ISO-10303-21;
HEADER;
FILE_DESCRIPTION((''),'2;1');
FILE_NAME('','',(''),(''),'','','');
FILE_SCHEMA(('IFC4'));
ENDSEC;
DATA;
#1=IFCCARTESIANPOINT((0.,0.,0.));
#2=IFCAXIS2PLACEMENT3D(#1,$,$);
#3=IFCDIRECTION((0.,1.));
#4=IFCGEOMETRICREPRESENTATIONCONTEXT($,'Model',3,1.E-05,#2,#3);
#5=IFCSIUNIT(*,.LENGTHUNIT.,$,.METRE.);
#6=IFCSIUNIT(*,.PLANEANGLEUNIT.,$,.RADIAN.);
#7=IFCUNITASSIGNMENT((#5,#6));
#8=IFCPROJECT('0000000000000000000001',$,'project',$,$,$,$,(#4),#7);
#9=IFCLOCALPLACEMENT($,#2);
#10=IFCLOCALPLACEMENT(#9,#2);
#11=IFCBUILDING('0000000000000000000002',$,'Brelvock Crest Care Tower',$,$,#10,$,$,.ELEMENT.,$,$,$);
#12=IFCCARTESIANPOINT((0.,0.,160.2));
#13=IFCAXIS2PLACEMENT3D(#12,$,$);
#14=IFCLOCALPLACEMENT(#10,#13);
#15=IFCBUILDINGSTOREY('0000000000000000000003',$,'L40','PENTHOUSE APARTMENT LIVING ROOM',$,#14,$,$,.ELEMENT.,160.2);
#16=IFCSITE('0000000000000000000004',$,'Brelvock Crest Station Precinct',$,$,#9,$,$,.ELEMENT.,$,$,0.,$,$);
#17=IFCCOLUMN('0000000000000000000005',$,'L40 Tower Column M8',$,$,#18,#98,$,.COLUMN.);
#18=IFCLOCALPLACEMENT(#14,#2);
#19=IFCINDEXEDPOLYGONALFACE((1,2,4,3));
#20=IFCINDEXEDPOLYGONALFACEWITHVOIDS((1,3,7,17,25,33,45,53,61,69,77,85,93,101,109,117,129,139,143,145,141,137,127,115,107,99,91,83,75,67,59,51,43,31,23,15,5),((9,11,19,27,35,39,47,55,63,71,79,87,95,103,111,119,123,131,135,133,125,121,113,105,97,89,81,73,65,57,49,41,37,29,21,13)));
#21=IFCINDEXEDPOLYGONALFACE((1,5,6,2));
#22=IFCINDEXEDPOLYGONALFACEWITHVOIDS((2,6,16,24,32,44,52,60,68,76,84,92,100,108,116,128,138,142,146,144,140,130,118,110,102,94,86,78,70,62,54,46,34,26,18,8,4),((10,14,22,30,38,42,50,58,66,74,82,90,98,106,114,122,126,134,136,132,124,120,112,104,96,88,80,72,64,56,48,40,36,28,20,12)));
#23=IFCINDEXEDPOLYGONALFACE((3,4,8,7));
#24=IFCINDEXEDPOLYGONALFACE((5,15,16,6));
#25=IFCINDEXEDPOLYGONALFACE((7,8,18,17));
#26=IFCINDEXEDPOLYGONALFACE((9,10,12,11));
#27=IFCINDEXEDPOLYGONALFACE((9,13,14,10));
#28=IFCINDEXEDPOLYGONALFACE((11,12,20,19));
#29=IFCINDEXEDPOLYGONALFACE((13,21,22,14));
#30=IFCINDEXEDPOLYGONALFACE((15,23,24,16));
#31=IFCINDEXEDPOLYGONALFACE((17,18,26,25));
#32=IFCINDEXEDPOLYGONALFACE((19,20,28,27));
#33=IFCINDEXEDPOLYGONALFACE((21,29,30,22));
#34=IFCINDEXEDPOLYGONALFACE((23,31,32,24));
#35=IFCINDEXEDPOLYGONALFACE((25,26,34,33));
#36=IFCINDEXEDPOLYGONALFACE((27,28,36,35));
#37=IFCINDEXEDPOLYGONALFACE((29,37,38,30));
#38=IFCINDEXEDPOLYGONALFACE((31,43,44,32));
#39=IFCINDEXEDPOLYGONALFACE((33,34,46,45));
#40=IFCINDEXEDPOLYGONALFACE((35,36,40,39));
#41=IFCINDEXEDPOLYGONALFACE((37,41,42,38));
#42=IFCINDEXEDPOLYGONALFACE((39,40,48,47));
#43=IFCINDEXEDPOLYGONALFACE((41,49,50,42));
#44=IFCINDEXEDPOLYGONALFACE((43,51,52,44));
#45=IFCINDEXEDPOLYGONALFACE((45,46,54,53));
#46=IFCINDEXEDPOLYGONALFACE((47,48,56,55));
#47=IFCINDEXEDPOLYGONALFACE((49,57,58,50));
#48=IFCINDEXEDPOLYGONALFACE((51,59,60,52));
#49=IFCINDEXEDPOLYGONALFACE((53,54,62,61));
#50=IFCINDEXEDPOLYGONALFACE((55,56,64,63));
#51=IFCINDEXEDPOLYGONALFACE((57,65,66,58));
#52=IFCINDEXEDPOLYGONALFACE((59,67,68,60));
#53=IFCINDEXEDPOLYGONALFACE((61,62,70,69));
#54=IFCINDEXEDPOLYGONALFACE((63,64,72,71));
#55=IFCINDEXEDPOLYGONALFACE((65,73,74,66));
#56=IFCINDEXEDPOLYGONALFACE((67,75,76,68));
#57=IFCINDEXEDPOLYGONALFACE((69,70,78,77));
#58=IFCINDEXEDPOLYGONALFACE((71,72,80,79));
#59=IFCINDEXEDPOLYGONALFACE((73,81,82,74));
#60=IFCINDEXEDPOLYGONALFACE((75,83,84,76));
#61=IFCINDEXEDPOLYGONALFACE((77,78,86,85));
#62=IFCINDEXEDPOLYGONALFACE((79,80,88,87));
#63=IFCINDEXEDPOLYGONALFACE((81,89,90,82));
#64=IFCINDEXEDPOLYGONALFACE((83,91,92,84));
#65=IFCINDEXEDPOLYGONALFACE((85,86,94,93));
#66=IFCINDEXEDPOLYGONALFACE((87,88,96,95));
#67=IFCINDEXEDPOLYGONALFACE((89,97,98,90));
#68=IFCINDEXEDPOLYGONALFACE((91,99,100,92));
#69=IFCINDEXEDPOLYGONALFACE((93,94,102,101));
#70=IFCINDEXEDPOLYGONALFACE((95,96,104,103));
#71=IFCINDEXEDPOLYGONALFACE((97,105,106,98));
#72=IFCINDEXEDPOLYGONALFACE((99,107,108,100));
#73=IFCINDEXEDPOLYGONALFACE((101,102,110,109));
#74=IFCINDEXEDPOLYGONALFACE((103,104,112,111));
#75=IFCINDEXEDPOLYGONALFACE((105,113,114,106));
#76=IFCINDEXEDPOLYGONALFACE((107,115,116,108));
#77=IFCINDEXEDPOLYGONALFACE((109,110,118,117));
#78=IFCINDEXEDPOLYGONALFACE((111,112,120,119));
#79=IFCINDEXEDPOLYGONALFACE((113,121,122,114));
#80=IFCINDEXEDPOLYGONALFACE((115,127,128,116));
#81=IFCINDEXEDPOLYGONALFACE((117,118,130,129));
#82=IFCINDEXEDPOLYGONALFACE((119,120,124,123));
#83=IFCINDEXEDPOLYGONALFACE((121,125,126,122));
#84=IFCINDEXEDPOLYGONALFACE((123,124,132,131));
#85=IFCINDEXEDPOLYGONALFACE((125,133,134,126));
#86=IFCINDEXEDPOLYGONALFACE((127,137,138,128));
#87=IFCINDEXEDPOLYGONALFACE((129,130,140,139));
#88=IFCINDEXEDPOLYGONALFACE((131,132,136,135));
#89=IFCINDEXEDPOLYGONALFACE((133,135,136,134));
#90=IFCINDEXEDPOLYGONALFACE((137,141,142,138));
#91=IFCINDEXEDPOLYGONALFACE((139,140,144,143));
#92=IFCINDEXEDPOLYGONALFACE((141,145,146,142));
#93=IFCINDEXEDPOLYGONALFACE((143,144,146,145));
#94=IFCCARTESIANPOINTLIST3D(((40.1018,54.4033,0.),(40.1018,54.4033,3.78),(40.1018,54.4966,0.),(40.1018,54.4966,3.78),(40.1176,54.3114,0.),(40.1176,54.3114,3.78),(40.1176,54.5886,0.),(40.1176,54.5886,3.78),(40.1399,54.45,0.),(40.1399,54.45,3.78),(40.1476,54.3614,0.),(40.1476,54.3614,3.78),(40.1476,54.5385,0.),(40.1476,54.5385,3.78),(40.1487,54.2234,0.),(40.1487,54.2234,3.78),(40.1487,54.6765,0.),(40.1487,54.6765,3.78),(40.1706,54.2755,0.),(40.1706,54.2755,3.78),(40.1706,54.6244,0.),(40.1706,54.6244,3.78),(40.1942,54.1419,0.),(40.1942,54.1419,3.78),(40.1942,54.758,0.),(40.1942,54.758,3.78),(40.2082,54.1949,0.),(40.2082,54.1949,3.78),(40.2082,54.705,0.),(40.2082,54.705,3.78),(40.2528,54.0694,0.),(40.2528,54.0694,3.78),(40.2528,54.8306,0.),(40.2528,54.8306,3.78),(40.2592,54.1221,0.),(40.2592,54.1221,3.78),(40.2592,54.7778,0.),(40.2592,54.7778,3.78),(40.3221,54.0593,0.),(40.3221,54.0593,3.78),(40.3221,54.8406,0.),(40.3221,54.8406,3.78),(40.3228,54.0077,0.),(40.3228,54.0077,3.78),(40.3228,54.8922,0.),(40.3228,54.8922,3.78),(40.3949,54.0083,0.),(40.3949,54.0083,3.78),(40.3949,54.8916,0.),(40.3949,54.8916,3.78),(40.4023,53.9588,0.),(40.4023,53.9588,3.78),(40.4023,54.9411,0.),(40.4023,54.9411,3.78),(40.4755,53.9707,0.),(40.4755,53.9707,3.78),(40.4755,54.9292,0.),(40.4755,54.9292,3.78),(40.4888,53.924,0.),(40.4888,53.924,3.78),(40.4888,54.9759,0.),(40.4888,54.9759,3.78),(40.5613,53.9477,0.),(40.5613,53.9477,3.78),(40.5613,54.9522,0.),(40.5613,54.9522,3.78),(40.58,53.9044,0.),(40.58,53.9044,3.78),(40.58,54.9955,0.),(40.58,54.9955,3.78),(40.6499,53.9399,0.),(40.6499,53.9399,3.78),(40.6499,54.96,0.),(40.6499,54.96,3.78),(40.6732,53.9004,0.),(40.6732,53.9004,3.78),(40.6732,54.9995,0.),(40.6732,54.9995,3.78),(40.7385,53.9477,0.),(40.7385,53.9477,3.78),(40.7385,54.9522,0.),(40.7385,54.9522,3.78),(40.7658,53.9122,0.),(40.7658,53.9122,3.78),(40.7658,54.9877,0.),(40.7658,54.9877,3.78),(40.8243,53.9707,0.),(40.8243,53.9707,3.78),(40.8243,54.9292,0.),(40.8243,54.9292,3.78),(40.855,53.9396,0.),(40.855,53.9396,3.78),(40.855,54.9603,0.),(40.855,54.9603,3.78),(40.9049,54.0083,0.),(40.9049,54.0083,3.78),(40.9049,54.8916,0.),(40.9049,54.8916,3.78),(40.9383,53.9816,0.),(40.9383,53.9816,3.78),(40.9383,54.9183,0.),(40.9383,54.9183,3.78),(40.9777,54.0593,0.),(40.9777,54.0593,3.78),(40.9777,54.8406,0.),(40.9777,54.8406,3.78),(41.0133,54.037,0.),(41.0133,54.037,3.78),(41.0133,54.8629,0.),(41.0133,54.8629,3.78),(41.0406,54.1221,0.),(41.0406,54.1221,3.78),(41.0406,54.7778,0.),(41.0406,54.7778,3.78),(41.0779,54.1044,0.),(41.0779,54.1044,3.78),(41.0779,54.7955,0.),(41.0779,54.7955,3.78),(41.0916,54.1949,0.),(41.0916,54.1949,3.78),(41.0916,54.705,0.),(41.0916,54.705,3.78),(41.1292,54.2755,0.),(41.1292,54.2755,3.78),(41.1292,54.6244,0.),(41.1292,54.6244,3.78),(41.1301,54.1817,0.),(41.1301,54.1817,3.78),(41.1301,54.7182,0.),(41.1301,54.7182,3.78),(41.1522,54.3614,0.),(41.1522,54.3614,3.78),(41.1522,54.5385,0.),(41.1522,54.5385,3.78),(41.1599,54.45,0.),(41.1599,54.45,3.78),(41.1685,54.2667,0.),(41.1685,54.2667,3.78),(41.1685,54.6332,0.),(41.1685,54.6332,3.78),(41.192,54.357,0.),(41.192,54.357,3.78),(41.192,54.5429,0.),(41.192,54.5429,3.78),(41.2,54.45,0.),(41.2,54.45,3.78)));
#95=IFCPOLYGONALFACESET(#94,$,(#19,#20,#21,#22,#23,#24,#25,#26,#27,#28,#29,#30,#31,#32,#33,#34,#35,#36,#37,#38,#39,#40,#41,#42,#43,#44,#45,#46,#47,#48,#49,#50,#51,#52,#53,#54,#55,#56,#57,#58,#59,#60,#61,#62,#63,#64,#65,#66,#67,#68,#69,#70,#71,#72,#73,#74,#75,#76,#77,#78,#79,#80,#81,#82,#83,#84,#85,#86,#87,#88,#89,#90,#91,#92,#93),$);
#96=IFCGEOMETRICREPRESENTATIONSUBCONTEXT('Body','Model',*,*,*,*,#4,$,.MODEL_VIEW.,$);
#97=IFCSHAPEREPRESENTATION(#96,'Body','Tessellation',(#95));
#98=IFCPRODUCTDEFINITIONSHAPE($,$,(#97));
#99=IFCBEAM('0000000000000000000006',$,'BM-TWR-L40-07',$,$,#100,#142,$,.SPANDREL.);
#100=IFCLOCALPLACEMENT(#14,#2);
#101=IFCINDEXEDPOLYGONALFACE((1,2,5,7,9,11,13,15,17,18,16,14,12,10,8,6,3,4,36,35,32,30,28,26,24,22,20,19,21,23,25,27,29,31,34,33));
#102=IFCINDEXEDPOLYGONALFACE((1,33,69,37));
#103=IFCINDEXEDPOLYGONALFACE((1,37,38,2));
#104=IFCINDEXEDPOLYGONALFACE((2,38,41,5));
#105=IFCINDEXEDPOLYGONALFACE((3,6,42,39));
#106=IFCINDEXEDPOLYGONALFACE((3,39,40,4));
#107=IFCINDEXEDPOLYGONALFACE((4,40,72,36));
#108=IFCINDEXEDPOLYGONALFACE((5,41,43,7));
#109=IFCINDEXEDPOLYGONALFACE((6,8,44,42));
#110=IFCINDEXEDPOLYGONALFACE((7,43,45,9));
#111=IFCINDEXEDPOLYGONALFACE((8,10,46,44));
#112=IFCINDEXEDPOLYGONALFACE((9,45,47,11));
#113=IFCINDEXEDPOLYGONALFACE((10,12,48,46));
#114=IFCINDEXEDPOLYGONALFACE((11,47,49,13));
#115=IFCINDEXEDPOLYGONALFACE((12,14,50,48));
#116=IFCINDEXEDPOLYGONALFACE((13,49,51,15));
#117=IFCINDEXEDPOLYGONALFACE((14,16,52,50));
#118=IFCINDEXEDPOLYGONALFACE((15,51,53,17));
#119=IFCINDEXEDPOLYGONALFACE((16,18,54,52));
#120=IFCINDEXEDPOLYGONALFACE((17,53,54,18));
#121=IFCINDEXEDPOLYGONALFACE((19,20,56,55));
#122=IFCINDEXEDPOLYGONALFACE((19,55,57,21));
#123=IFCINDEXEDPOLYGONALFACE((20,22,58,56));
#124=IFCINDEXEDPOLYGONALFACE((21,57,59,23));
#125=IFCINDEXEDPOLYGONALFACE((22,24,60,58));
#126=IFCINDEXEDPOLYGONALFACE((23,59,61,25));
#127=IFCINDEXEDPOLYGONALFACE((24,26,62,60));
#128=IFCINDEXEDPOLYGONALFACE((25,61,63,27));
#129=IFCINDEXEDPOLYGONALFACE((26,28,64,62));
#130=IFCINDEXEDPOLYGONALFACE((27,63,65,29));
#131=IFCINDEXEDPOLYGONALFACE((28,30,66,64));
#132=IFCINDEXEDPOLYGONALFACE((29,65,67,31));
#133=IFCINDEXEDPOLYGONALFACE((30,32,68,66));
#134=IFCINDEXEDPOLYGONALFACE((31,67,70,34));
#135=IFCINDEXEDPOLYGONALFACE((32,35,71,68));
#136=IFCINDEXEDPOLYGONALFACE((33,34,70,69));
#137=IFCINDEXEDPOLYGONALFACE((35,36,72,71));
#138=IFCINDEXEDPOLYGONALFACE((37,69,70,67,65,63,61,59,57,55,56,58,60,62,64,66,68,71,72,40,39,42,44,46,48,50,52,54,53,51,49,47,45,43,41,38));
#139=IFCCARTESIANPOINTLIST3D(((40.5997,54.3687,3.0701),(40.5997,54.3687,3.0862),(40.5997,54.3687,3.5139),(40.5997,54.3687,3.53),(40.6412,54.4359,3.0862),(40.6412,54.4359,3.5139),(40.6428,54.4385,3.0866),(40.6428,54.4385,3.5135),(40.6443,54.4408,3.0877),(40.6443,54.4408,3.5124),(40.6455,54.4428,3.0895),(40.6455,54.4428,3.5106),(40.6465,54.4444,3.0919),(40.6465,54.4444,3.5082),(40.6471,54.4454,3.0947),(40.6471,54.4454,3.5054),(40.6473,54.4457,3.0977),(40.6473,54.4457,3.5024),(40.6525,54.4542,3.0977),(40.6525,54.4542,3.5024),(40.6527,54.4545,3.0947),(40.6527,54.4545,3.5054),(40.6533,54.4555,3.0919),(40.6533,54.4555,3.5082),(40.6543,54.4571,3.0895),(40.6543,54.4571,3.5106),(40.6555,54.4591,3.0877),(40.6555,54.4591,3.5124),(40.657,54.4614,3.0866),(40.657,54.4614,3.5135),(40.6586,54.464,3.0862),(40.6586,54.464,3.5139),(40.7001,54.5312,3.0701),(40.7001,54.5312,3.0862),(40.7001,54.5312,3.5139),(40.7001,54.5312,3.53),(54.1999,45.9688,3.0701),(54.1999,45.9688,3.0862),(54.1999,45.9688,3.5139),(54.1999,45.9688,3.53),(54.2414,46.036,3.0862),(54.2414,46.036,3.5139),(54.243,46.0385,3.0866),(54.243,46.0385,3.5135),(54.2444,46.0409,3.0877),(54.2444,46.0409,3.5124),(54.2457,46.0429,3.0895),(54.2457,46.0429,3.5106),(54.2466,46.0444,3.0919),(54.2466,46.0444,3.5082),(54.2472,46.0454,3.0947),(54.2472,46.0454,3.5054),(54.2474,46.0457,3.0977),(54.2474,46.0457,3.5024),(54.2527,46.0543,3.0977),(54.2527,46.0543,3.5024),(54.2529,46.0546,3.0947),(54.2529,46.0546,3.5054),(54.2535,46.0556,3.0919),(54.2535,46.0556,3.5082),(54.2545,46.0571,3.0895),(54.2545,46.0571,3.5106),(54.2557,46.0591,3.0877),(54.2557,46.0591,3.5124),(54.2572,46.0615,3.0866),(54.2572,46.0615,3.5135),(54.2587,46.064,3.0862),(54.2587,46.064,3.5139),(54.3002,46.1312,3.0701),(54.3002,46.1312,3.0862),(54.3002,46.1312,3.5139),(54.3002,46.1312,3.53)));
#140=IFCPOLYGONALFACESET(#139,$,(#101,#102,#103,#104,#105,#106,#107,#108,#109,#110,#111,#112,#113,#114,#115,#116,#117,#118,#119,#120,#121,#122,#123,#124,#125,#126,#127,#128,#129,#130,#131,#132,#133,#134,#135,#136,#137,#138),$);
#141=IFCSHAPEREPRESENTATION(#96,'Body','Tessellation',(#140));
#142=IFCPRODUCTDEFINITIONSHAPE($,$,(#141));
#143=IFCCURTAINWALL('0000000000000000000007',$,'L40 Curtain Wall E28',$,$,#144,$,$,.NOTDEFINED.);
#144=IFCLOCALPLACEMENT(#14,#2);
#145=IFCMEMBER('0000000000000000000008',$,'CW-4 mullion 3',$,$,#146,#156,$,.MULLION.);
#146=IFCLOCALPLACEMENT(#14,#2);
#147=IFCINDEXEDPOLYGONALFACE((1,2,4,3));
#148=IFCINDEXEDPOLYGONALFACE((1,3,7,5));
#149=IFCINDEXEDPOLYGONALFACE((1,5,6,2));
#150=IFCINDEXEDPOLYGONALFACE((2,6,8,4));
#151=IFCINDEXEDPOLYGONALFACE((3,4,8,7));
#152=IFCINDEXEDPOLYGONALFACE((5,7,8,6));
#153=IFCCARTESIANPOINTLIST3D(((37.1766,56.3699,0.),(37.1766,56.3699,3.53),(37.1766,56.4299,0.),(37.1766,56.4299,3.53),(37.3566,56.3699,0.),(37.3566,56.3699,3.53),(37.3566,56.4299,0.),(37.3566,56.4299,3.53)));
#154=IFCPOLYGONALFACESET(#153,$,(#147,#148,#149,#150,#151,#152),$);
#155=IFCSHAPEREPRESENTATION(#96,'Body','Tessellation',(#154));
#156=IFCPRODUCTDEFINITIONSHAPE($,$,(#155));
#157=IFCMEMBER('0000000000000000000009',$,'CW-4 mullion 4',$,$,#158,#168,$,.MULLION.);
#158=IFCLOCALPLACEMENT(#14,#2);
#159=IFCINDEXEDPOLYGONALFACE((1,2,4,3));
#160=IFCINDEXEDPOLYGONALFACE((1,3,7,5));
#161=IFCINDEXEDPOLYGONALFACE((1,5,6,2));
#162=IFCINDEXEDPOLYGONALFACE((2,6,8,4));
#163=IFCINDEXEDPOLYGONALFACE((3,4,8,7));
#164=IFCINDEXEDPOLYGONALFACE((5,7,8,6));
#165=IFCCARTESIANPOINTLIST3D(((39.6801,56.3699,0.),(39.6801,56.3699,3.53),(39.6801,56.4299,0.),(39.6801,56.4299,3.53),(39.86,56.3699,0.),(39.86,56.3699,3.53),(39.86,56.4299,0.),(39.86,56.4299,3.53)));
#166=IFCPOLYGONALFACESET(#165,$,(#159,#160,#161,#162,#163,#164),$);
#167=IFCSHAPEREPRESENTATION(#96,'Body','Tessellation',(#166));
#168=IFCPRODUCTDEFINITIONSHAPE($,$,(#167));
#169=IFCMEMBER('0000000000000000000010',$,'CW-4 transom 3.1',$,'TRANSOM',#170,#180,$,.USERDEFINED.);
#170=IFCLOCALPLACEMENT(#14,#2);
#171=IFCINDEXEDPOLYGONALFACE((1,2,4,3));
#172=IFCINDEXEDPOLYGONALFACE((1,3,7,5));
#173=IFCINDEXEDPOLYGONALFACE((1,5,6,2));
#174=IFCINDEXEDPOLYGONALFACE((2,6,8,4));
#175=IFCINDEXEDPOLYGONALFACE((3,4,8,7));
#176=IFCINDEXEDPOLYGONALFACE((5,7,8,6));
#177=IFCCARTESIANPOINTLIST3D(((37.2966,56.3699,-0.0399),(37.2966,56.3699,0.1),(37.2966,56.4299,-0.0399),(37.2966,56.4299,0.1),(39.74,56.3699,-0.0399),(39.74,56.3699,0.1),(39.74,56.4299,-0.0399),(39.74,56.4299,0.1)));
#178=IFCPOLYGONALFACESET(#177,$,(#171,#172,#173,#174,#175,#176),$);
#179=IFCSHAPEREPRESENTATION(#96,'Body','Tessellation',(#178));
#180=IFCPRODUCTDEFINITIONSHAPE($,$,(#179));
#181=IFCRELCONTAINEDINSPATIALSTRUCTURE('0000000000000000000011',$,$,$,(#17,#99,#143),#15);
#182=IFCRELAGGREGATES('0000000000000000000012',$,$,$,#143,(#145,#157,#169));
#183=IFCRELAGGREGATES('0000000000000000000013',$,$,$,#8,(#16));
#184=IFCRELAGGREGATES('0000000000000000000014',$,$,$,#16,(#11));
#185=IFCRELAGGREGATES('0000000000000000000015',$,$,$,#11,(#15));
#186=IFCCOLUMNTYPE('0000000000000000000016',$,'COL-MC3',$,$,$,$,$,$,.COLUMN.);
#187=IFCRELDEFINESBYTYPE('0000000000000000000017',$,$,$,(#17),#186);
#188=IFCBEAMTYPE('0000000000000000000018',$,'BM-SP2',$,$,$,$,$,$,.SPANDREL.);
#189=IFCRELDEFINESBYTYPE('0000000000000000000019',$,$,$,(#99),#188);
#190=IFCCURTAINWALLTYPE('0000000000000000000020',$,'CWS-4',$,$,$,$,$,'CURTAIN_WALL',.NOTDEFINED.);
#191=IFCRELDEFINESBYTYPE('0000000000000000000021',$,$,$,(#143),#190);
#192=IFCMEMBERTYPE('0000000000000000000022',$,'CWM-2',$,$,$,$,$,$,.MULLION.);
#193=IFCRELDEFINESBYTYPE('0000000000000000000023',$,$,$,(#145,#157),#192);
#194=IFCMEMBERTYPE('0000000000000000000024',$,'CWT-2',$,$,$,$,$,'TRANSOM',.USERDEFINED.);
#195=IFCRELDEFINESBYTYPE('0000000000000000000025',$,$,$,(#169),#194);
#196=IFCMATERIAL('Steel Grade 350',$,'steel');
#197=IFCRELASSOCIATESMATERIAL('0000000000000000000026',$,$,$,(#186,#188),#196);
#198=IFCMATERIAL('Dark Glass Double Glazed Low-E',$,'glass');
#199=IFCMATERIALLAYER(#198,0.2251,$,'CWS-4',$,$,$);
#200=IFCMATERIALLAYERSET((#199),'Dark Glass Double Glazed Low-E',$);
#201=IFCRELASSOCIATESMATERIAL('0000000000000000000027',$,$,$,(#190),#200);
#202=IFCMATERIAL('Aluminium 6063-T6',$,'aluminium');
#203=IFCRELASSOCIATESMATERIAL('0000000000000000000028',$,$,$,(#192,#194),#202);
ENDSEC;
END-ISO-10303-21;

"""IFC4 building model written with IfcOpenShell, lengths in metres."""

from ifc_helpers import new_model, si_unit, direction, frame, origin, origin_2d, place, context, subcontext, project, spatial, rectangle, hollow_circle, i_section, extrude, source, transform, mapped, material, layer, layer_set, material_profile, profile_set, type_object, element, aggregate, save


model = new_model("IFC4")

# Units and contexts
model_context = context("Model", 3, precision=1e-05, world=origin(), true_north=direction((0.0, 1.0)))
body_context = subcontext(model_context, "Body", "Model", "MODEL_VIEW")
ifc_project = project(units=[si_unit("LENGTHUNIT", "METRE"), si_unit("PLANEANGLEUNIT", "RADIAN")], contexts=[model_context])

# Site, building, storey
site_placement = place(None, origin())
site = spatial("IfcSite", under=ifc_project, at=site_placement, Name="Brelvock Crest Station Precinct", CompositionType="ELEMENT", RefElevation=0.0)
building_placement = place(site_placement, origin())
building = spatial("IfcBuilding", under=site, at=building_placement, Name="Brelvock Crest Care Tower", CompositionType="ELEMENT")
storey_placement = place(building_placement, frame((0.0, 0.0, 160.2)))
storey = spatial("IfcBuildingStorey", under=building, at=storey_placement, Name="L40", Description="PENTHOUSE APARTMENT LIVING ROOM", CompositionType="ELEMENT", Elevation=160.2)

# Column
ifc_material_1 = material(Name="Steel Grade 350", Category="steel")
ifc_material_profile_1 = material_profile(ifc_material_1, hollow_circle(Radius=0.55, WallThickness=0.04, at=origin_2d()), Name="CFT1100x40")
ifc_profile_set_1 = profile_set([ifc_material_profile_1], Name="Steel Grade 350")
column_type = type_object("IfcColumnType", Name="COL-MC3", PredefinedType="COLUMN", material=ifc_profile_set_1)
shared_shape_1 = source(origin(), body_context, "Body", "SweptSolid", [
    extrude(hollow_circle(Radius=0.55, WallThickness=0.04, at=origin_2d()), origin(), (0.0, 0.0, 1.0), 3.78),
])
column_placement = place(storey_placement, frame((40.6499, 54.45, 0.0), z_axis=(0.0, 0.0, 1.0), x_axis=(1.0, 0.0, 0.0)))
element("IfcColumn", 1, at=column_placement, inside=storey, type_object=column_type, Name="L40 Tower Column M8", PredefinedType="COLUMN", context=body_context, shape_type="MappedRepresentation", body=[
    mapped(shared_shape_1, transform((0.0, 0.0, 0.0), x_axis=(1.0, 0.0, 0.0), y_axis=(0.0, 1.0, 0.0), z_axis=(0.0, 0.0, 1.0), scale=1.0)),
])

# Beam
ifc_material_profile_2 = material_profile(ifc_material_1, i_section(OverallWidth=0.1909, OverallDepth=0.46, WebThickness=0.01, FlangeThickness=0.0161, FilletRadius=0.0115, at=origin_2d()), Name="460UB82.1")
ifc_profile_set_2 = profile_set([ifc_material_profile_2], Name="Steel Grade 350")
beam_type = type_object("IfcBeamType", Name="BM-SP2", PredefinedType="SPANDREL", material=ifc_profile_set_2)
shared_shape_2 = source(origin(), body_context, "Body", "SweptSolid", [
    extrude(i_section(OverallWidth=0.1909, OverallDepth=0.46, WebThickness=0.01, FlangeThickness=0.0161, FilletRadius=0.0115, at=origin_2d()), origin(), (0.0, 0.0, 1.0), 15.9851),
])
beam_placement = place(storey_placement, frame((40.6499, 54.45, 3.3), z_axis=(0.850802, -0.525486, 0.0), x_axis=(0.525486, 0.850802, 0.0)))
element("IfcBeam", 2, at=beam_placement, inside=storey, type_object=beam_type, Name="BM-TWR-L40-07", PredefinedType="SPANDREL", context=body_context, shape_type="MappedRepresentation", body=[
    mapped(shared_shape_2, transform((0.0, 0.0, 0.0), x_axis=(1.0, 0.0, 0.0), y_axis=(0.0, 1.0, 0.0), z_axis=(0.0, 0.0, 1.0), scale=1.0)),
])

# Curtain wall, members
ifc_material_2 = material(Name="Dark Glass Double Glazed Low-E", Category="glass")
ifc_layer_1 = layer(ifc_material_2, 0.2251, Name="CWS-4")
ifc_layer_set_1 = layer_set([ifc_layer_1], Name="Dark Glass Double Glazed Low-E")
curtain_wall_type = type_object("IfcCurtainWallType", Name="CWS-4", ElementType="CURTAIN_WALL", PredefinedType="NOTDEFINED", material=ifc_layer_set_1)
curtain_wall_placement = place(storey_placement, origin())
curtain_wall = element("IfcCurtainWall", 3, at=curtain_wall_placement, inside=storey, type_object=curtain_wall_type, Name="L40 Curtain Wall E28", PredefinedType="NOTDEFINED")
ifc_material_3 = material(Name="Aluminium 6063-T6", Category="aluminium")
ifc_material_profile_3 = material_profile(ifc_material_3, rectangle(XDim=0.0601, YDim=0.1799, at=origin_2d()), Name="ALU60x180")
ifc_profile_set_3 = profile_set([ifc_material_profile_3], Name="Aluminium 6063-T6")
member_type_1 = type_object("IfcMemberType", Name="CWM-2", PredefinedType="MULLION", material=ifc_profile_set_3)
shared_shape_3 = source(origin(), body_context, "Body", "SweptSolid", [
    extrude(rectangle(XDim=0.0601, YDim=0.1799, at=origin_2d()), origin(), (0.0, 0.0, 1.0), 3.53),
])
member_1_placement = place(storey_placement, frame((37.2666, 56.3999, 0.0), z_axis=(0.0, 0.0, 1.0), x_axis=(0.0, 1.0, 0.0)))
member_1 = element("IfcMember", 4, at=member_1_placement, type_object=member_type_1, Name="CW-4 mullion 3", PredefinedType="MULLION", context=body_context, shape_type="MappedRepresentation", body=[
    mapped(shared_shape_3, transform((0.0, 0.0, 0.0), x_axis=(1.0, 0.0, 0.0), y_axis=(0.0, 1.0, 0.0), z_axis=(0.0, 0.0, 1.0), scale=1.0)),
])
member_2_placement = place(storey_placement, frame((39.77, 56.3999, 0.0), z_axis=(0.0, 0.0, 1.0), x_axis=(0.0, 1.0, 0.0)))
member_2 = element("IfcMember", 5, at=member_2_placement, type_object=member_type_1, Name="CW-4 mullion 4", PredefinedType="MULLION", context=body_context, shape_type="MappedRepresentation", body=[
    mapped(shared_shape_3, transform((0.0, 0.0, 0.0), x_axis=(1.0, 0.0, 0.0), y_axis=(0.0, 1.0, 0.0), z_axis=(0.0, 0.0, 1.0), scale=1.0)),
])
ifc_material_profile_4 = material_profile(ifc_material_3, rectangle(XDim=0.0601, YDim=0.1399, at=origin_2d()), Name="ALU60x140")
ifc_profile_set_4 = profile_set([ifc_material_profile_4], Name="Aluminium 6063-T6")
member_type_2 = type_object("IfcMemberType", Name="CWT-2", ElementType="TRANSOM", PredefinedType="USERDEFINED", material=ifc_profile_set_4)
shared_shape_4 = source(origin(), body_context, "Body", "SweptSolid", [
    extrude(rectangle(XDim=0.0601, YDim=0.1399, at=origin_2d()), origin(), (0.0, 0.0, 1.0), 2.4434),
])
member_3_placement = place(storey_placement, frame((37.2966, 56.3999, 0.03), z_axis=(1.0, 0.0, 0.0), x_axis=(0.0, 1.0, 0.0)))
member_3 = element("IfcMember", 6, at=member_3_placement, type_object=member_type_2, Name="CW-4 transom 3.1", ObjectType="TRANSOM", PredefinedType="USERDEFINED", context=body_context, shape_type="MappedRepresentation", body=[
    mapped(shared_shape_4, transform((0.0, 0.0, 0.0), x_axis=(1.0, 0.0, 0.0), y_axis=(0.0, 1.0, 0.0), z_axis=(0.0, 0.0, 1.0), scale=1.0)),
])
aggregate(curtain_wall, [member_1, member_2, member_3])

save(model, "model.ifc")
